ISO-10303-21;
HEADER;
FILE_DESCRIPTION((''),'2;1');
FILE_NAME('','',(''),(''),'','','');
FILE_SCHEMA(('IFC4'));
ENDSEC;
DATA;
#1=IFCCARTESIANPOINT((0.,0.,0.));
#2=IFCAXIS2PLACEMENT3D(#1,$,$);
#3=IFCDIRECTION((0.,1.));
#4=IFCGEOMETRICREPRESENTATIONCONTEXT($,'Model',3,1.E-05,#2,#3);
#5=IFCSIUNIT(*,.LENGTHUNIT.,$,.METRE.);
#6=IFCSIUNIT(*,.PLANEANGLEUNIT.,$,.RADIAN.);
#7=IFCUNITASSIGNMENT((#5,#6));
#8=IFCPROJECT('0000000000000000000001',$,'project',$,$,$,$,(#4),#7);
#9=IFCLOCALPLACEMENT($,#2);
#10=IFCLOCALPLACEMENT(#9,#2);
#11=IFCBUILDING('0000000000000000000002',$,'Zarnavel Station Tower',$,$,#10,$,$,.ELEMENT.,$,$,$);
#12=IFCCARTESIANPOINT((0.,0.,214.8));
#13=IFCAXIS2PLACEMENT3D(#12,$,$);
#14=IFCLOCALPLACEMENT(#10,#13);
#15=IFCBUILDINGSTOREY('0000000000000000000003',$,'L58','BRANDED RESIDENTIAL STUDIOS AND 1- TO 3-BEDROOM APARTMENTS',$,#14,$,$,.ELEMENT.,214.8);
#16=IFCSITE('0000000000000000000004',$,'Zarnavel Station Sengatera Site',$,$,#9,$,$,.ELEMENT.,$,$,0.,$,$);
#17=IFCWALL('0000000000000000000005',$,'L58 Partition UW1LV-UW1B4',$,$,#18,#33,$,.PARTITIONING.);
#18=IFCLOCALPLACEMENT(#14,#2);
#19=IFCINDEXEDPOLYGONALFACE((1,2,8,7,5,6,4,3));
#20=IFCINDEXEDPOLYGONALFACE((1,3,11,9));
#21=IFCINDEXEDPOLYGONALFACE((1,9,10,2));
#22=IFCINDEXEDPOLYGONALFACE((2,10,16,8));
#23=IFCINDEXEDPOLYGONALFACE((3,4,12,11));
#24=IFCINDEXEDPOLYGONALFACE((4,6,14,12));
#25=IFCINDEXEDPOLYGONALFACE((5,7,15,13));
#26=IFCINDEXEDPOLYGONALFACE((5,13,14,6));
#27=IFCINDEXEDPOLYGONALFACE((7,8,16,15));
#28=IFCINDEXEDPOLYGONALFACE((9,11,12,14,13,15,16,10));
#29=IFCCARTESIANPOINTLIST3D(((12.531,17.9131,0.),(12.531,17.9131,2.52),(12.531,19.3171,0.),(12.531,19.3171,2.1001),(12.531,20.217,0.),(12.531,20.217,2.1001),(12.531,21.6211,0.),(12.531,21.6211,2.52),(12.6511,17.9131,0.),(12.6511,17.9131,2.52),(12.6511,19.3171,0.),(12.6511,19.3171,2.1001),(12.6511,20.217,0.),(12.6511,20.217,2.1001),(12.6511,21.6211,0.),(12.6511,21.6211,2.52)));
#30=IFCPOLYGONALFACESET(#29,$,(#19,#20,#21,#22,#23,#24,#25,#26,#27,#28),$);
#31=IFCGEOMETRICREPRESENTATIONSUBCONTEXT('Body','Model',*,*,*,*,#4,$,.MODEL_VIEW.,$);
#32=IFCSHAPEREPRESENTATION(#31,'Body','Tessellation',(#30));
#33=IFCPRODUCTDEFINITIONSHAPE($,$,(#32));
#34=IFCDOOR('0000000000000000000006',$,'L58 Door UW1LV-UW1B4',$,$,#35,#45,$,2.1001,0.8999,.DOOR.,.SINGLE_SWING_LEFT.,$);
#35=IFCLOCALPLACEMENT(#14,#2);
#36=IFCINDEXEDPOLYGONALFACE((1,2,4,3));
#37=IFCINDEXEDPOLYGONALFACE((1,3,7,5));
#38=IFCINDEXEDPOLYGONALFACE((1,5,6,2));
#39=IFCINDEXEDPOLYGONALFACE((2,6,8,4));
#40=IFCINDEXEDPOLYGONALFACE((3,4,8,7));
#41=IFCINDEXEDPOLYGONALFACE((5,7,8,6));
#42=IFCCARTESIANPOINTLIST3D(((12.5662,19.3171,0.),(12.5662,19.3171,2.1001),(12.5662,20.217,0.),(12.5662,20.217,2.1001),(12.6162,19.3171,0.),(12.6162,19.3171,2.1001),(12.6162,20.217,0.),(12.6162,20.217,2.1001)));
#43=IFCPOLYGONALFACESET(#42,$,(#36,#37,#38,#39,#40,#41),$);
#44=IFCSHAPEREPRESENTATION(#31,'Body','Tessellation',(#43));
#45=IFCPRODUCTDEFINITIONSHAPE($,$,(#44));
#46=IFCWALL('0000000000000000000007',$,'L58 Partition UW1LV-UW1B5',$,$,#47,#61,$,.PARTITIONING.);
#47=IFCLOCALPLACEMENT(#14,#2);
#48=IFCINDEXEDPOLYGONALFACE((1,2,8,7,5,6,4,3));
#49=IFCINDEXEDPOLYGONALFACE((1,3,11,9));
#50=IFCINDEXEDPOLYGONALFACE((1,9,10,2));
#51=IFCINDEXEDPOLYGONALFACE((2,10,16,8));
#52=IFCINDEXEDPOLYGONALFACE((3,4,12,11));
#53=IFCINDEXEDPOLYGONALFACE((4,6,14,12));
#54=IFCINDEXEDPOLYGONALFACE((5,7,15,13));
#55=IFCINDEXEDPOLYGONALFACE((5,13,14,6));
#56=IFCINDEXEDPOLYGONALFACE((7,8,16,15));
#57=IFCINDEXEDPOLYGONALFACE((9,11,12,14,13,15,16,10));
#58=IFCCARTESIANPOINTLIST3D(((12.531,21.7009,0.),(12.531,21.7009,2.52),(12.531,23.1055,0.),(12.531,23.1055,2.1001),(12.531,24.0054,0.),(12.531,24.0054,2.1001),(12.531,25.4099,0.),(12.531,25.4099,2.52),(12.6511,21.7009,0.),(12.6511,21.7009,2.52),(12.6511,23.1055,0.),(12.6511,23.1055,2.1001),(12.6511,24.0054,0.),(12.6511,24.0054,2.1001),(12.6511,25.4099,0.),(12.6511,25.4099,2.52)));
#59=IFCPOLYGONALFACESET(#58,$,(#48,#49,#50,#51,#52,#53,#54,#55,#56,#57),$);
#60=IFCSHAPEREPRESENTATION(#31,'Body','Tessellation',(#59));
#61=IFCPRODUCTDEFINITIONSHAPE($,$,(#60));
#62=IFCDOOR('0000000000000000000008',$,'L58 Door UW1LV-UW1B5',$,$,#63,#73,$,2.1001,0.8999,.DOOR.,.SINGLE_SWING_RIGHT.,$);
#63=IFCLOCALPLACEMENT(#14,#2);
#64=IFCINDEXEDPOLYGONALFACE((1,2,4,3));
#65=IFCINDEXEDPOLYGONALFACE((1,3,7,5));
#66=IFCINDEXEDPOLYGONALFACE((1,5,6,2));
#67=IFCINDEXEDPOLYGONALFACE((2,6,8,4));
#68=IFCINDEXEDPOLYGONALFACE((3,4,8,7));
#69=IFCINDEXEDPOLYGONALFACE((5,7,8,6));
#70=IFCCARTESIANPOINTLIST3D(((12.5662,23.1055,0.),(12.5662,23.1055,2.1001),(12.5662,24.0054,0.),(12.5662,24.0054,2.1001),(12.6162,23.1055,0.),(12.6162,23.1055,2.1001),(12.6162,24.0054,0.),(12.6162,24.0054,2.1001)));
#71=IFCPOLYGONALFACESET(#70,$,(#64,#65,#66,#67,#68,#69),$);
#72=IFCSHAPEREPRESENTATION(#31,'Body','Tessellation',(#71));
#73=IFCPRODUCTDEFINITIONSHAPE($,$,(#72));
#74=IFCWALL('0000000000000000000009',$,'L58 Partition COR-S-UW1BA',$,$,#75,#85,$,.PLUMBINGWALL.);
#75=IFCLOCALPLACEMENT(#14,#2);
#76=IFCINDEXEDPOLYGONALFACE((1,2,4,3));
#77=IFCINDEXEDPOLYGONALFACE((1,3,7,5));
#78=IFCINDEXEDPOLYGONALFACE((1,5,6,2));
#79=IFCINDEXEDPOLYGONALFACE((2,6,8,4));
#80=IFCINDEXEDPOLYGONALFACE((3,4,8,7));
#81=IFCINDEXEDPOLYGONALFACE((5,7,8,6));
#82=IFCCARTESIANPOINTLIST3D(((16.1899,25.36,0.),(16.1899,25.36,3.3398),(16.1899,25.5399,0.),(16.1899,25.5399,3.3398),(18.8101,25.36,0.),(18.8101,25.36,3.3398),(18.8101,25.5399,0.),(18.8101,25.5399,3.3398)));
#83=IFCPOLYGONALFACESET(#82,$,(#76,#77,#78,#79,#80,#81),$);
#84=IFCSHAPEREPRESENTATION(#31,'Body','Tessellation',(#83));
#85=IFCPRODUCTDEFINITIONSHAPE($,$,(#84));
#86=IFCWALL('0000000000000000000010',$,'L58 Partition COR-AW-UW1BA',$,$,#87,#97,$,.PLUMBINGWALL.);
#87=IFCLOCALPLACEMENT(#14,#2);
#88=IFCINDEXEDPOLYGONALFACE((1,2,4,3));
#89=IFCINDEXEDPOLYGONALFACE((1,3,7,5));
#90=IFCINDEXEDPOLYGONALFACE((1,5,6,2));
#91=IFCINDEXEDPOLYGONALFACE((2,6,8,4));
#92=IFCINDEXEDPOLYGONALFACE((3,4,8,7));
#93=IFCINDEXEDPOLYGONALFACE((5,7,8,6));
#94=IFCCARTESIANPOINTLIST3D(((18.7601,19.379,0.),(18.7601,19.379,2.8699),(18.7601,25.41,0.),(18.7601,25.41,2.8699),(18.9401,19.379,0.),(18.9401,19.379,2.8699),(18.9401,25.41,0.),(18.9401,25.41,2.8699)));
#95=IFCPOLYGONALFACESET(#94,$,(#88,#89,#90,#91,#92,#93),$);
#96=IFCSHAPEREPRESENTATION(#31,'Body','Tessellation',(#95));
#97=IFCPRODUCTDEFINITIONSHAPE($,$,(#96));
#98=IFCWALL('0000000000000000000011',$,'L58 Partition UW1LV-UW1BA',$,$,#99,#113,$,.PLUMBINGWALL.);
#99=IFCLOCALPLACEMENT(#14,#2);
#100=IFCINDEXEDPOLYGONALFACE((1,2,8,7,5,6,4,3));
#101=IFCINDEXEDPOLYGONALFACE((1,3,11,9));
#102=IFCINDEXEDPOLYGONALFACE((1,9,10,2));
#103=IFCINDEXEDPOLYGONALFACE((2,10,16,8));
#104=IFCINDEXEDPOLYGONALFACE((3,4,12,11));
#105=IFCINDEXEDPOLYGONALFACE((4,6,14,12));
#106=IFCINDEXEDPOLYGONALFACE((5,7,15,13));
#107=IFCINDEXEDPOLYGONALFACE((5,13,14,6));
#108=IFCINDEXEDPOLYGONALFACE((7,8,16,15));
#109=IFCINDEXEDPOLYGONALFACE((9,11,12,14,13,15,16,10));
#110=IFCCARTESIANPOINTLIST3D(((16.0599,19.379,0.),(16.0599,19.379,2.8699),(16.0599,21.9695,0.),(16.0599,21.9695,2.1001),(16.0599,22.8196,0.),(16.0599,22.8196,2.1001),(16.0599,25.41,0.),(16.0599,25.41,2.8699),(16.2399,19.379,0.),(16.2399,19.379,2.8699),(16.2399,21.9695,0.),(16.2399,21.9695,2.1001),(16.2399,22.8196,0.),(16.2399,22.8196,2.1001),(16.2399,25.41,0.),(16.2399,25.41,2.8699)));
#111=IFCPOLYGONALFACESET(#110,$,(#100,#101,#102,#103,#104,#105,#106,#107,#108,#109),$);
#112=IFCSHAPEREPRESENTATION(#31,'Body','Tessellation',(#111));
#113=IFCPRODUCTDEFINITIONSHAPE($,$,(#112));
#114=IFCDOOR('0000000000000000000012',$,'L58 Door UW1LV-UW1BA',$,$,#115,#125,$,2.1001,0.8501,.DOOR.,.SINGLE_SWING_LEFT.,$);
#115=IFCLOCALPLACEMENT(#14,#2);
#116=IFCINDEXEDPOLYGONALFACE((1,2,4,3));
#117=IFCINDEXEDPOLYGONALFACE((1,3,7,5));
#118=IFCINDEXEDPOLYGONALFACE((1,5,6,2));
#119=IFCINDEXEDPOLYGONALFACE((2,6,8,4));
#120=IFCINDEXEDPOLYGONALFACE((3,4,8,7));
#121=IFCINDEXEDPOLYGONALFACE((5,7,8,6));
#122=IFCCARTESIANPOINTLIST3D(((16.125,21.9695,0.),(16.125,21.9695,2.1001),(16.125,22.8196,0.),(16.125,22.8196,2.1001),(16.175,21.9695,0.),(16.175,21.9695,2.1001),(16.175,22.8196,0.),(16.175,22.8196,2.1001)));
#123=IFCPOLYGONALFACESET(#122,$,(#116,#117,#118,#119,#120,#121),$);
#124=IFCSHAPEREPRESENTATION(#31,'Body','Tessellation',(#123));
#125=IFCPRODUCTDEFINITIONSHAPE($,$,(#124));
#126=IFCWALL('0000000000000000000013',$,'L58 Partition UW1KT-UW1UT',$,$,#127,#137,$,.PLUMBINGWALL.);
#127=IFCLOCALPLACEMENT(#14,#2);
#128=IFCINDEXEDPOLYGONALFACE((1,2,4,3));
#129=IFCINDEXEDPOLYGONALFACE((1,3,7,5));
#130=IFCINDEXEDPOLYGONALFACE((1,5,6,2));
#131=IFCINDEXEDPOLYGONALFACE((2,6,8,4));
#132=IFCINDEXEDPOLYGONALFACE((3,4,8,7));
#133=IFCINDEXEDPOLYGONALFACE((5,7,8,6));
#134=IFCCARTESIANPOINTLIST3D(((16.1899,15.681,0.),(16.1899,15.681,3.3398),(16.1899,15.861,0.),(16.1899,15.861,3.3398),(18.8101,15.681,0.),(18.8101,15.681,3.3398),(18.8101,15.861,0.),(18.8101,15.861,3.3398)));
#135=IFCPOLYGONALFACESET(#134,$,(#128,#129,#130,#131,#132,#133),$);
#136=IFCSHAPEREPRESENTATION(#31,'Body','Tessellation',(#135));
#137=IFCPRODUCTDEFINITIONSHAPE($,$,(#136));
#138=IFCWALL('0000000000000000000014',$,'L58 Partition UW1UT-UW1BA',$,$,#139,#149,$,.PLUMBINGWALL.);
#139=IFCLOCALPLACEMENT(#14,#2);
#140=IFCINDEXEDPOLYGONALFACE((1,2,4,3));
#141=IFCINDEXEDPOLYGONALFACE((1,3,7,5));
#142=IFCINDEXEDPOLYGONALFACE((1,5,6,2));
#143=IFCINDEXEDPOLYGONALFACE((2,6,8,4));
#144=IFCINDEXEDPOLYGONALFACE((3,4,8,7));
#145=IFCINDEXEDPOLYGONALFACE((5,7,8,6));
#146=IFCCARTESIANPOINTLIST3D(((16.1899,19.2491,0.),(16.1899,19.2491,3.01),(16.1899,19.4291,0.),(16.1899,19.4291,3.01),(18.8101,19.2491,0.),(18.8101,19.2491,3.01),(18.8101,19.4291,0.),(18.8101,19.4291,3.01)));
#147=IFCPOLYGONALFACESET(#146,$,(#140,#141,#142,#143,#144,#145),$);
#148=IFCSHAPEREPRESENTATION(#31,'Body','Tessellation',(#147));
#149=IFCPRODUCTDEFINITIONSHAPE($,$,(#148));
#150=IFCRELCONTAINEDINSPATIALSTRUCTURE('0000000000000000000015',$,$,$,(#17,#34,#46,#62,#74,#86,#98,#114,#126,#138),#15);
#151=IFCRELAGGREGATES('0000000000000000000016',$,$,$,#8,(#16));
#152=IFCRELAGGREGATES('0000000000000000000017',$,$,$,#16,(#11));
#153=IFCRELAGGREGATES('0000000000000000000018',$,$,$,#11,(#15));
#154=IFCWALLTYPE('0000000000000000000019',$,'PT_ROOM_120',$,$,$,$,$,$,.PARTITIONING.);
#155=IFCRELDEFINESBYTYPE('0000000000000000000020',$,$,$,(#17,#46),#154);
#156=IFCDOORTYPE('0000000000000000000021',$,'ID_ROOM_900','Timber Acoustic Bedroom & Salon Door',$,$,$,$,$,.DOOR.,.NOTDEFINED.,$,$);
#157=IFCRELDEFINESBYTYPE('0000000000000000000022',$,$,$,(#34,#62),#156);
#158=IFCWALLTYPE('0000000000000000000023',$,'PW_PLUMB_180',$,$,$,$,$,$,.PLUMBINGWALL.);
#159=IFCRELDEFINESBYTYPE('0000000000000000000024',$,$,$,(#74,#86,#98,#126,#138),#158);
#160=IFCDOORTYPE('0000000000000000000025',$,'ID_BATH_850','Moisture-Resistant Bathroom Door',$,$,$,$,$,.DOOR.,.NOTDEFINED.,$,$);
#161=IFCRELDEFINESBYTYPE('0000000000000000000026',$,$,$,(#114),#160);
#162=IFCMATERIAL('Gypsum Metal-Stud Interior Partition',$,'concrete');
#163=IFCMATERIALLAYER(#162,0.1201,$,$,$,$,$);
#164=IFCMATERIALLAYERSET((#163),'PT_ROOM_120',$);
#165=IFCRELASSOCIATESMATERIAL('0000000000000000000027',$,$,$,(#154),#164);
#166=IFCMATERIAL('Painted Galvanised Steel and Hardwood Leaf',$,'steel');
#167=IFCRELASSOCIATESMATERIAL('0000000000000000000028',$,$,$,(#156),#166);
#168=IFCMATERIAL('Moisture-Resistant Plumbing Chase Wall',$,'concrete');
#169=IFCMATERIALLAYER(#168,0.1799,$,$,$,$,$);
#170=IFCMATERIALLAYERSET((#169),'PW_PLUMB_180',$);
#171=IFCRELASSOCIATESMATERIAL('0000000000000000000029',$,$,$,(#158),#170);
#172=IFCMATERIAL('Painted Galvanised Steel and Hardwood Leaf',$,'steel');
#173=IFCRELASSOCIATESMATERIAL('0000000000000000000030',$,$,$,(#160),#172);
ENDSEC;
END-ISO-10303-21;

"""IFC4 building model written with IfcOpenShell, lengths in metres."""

from ifc_helpers import new_model, si_unit, direction, frame, frame_2d, origin, place, context, subcontext, project, spatial, rectangle, extrude, material, layer, layer_set, type_object, element, fill, save


model = new_model("IFC4")

# Units and contexts
model_context = context("Model", 3, precision=1e-05, world=origin(), true_north=direction((0.0, 1.0)))
body_context = subcontext(model_context, "Body", "Model", "MODEL_VIEW")
ifc_project = project(units=[si_unit("LENGTHUNIT", "METRE"), si_unit("PLANEANGLEUNIT", "RADIAN")], contexts=[model_context])

# Site, building, storey
site_placement = place(None, origin())
site = spatial("IfcSite", under=ifc_project, at=site_placement, Name="Zarnavel Station Sengatera Site", CompositionType="ELEMENT", RefElevation=0.0)
building_placement = place(site_placement, origin())
building = spatial("IfcBuilding", under=site, at=building_placement, Name="Zarnavel Station Tower", CompositionType="ELEMENT")
storey_placement = place(building_placement, frame((0.0, 0.0, 214.8)))
storey = spatial("IfcBuildingStorey", under=building, at=storey_placement, Name="L58", Description="BRANDED RESIDENTIAL STUDIOS AND 1- TO 3-BEDROOM APARTMENTS", CompositionType="ELEMENT", Elevation=214.8)

# Walls, openings, doors
ifc_material_1 = material(Name="Gypsum Metal-Stud Interior Partition", Category="concrete")
ifc_layer_1 = layer(ifc_material_1, 0.1201)
ifc_layer_set_1 = layer_set([ifc_layer_1], Name="PT_ROOM_120")
wall_type_1 = type_object("IfcWallType", Name="PT_ROOM_120", PredefinedType="PARTITIONING", material=ifc_layer_set_1)
ifc_material_2 = material(Name="Painted Galvanised Steel and Hardwood Leaf", Category="steel")
door_type_1 = type_object("IfcDoorType", Name="ID_ROOM_900", Description="Timber Acoustic Bedroom & Salon Door", OperationType="NOTDEFINED", PredefinedType="DOOR", material=ifc_material_2)
wall_1_placement = place(storey_placement, frame((12.5911, 17.9131, 0.0), z_axis=(0.0, 0.0, 1.0), x_axis=(0.0, 1.0, 0.0)))
wall_1 = element("IfcWall", 1, at=wall_1_placement, inside=storey, type_object=wall_type_1, Name="L58 Partition UW1LV-UW1B4", PredefinedType="PARTITIONING", context=body_context, shape_type="SweptSolid", body=[
    extrude(rectangle(XDim=3.708, YDim=0.1201, at=frame_2d((1.854, 0.0))), origin(), (0.0, 0.0, 1.0), 2.52),
])
opening_1_placement = place(wall_1_placement, frame((1.4041, 0.0, 0.0)))
opening_1 = element("IfcOpeningElement", 2, at=opening_1_placement, cuts=wall_1, PredefinedType="OPENING", context=body_context, shape_type="SweptSolid", body=[
    extrude(rectangle(XDim=0.8999, YDim=2.1001, at=frame_2d((0.45, 1.05))), frame((0.0, 0.0701, 0.0), z_axis=(0.0, -1.0, 0.0), x_axis=(1.0, 0.0, 0.0)), (0.0, 0.0, 1.0), 0.1401),
])
door_1_placement = place(opening_1_placement, origin())
door_1 = element("IfcDoor", 3, at=door_1_placement, inside=storey, type_object=door_type_1, Name="L58 Door UW1LV-UW1B4", OperationType="SINGLE_SWING_LEFT", OverallHeight=2.1001, OverallWidth=0.8999, PredefinedType="DOOR", context=body_context, shape_type="SweptSolid", body=[
    extrude(rectangle(XDim=0.8999, YDim=2.1001, at=frame_2d((0.45, 1.05))), frame((0.0, 0.0249, 0.0), z_axis=(0.0, -1.0, 0.0), x_axis=(1.0, 0.0, 0.0)), (0.0, 0.0, 1.0), 0.05),
])
fill(opening_1, door_1)
wall_2_placement = place(storey_placement, frame((12.5911, 21.7009, 0.0), z_axis=(0.0, 0.0, 1.0), x_axis=(0.0, 1.0, 0.0)))
wall_2 = element("IfcWall", 4, at=wall_2_placement, inside=storey, type_object=wall_type_1, Name="L58 Partition UW1LV-UW1B5", PredefinedType="PARTITIONING", context=body_context, shape_type="SweptSolid", body=[
    extrude(rectangle(XDim=3.709, YDim=0.1201, at=frame_2d((1.8545, 0.0))), origin(), (0.0, 0.0, 1.0), 2.52),
])
opening_2_placement = place(wall_2_placement, frame((1.4045, 0.0, 0.0)))
opening_2 = element("IfcOpeningElement", 5, at=opening_2_placement, cuts=wall_2, PredefinedType="OPENING", context=body_context, shape_type="SweptSolid", body=[
    extrude(rectangle(XDim=0.8999, YDim=2.1001, at=frame_2d((0.45, 1.05))), frame((0.0, 0.0701, 0.0), z_axis=(0.0, -1.0, 0.0), x_axis=(1.0, 0.0, 0.0)), (0.0, 0.0, 1.0), 0.1401),
])
door_2_placement = place(opening_2_placement, origin())
door_2 = element("IfcDoor", 6, at=door_2_placement, inside=storey, type_object=door_type_1, Name="L58 Door UW1LV-UW1B5", OperationType="SINGLE_SWING_RIGHT", OverallHeight=2.1001, OverallWidth=0.8999, PredefinedType="DOOR", context=body_context, shape_type="SweptSolid", body=[
    extrude(rectangle(XDim=0.8999, YDim=2.1001, at=frame_2d((0.45, 1.05))), frame((0.0, 0.0249, 0.0), z_axis=(0.0, -1.0, 0.0), x_axis=(1.0, 0.0, 0.0)), (0.0, 0.0, 1.0), 0.05),
])
fill(opening_2, door_2)

# Walls
ifc_material_3 = material(Name="Moisture-Resistant Plumbing Chase Wall", Category="concrete")
ifc_layer_2 = layer(ifc_material_3, 0.1799)
ifc_layer_set_2 = layer_set([ifc_layer_2], Name="PW_PLUMB_180")
wall_type_2 = type_object("IfcWallType", Name="PW_PLUMB_180", PredefinedType="PLUMBINGWALL", material=ifc_layer_set_2)
wall_3_placement = place(storey_placement, frame((16.1899, 25.45, 0.0), z_axis=(0.0, 0.0, 1.0), x_axis=(1.0, 0.0, 0.0)))
element("IfcWall", 7, at=wall_3_placement, inside=storey, type_object=wall_type_2, Name="L58 Partition COR-S-UW1BA", PredefinedType="PLUMBINGWALL", context=body_context, shape_type="SweptSolid", body=[
    extrude(rectangle(XDim=2.6201, YDim=0.1799, at=frame_2d((1.3101, 0.0))), origin(), (0.0, 0.0, 1.0), 3.3398),
])
wall_4_placement = place(storey_placement, frame((18.8501, 19.3789, 0.0), z_axis=(0.0, 0.0, 1.0), x_axis=(0.0, 1.0, 0.0)))
element("IfcWall", 8, at=wall_4_placement, inside=storey, type_object=wall_type_2, Name="L58 Partition COR-AW-UW1BA", PredefinedType="PLUMBINGWALL", context=body_context, shape_type="SweptSolid", body=[
    extrude(rectangle(XDim=6.031, YDim=0.1799, at=frame_2d((3.0156, 0.0))), origin(), (0.0, 0.0, 1.0), 2.8699),
])

# Wall, opening, door
wall_5_placement = place(storey_placement, frame((16.1499, 19.3789, 0.0), z_axis=(0.0, 0.0, 1.0), x_axis=(0.0, 1.0, 0.0)))
wall_5 = element("IfcWall", 9, at=wall_5_placement, inside=storey, type_object=wall_type_2, Name="L58 Partition UW1LV-UW1BA", PredefinedType="PLUMBINGWALL", context=body_context, shape_type="SweptSolid", body=[
    extrude(rectangle(XDim=6.031, YDim=0.1799, at=frame_2d((3.0156, 0.0))), origin(), (0.0, 0.0, 1.0), 2.8699),
])
opening_3_placement = place(wall_5_placement, frame((2.5906, 0.0, 0.0)))
opening_3 = element("IfcOpeningElement", 10, at=opening_3_placement, cuts=wall_5, PredefinedType="OPENING", context=body_context, shape_type="SweptSolid", body=[
    extrude(rectangle(XDim=0.8501, YDim=2.1001, at=frame_2d((0.425, 1.05))), frame((0.0, 0.0999, 0.0), z_axis=(0.0, -1.0, 0.0), x_axis=(1.0, 0.0, 0.0)), (0.0, 0.0, 1.0), 0.2),
])
ifc_material_4 = material(Name="Painted Galvanised Steel and Hardwood Leaf", Category="steel")
door_type_2 = type_object("IfcDoorType", Name="ID_BATH_850", Description="Moisture-Resistant Bathroom Door", OperationType="NOTDEFINED", PredefinedType="DOOR", material=ifc_material_4)
door_3_placement = place(opening_3_placement, origin())
door_3 = element("IfcDoor", 11, at=door_3_placement, inside=storey, type_object=door_type_2, Name="L58 Door UW1LV-UW1BA", OperationType="SINGLE_SWING_LEFT", OverallHeight=2.1001, OverallWidth=0.8501, PredefinedType="DOOR", context=body_context, shape_type="SweptSolid", body=[
    extrude(rectangle(XDim=0.8501, YDim=2.1001, at=frame_2d((0.425, 1.05))), frame((0.0, 0.0249, 0.0), z_axis=(0.0, -1.0, 0.0), x_axis=(1.0, 0.0, 0.0)), (0.0, 0.0, 1.0), 0.05),
])
fill(opening_3, door_3)

# Walls
wall_6_placement = place(storey_placement, frame((16.1899, 15.771, 0.0), z_axis=(0.0, 0.0, 1.0), x_axis=(1.0, 0.0, 0.0)))
element("IfcWall", 12, at=wall_6_placement, inside=storey, type_object=wall_type_2, Name="L58 Partition UW1KT-UW1UT", PredefinedType="PLUMBINGWALL", context=body_context, shape_type="SweptSolid", body=[
    extrude(rectangle(XDim=2.6201, YDim=0.1799, at=frame_2d((1.3101, 0.0))), origin(), (0.0, 0.0, 1.0), 3.3398),
])
wall_7_placement = place(storey_placement, frame((16.1899, 19.3391, 0.0), z_axis=(0.0, 0.0, 1.0), x_axis=(1.0, 0.0, 0.0)))
element("IfcWall", 13, at=wall_7_placement, inside=storey, type_object=wall_type_2, Name="L58 Partition UW1UT-UW1BA", PredefinedType="PLUMBINGWALL", context=body_context, shape_type="SweptSolid", body=[
    extrude(rectangle(XDim=2.6201, YDim=0.1799, at=frame_2d((1.3101, 0.0))), origin(), (0.0, 0.0, 1.0), 3.01),
])

save(model, "model.ifc")
